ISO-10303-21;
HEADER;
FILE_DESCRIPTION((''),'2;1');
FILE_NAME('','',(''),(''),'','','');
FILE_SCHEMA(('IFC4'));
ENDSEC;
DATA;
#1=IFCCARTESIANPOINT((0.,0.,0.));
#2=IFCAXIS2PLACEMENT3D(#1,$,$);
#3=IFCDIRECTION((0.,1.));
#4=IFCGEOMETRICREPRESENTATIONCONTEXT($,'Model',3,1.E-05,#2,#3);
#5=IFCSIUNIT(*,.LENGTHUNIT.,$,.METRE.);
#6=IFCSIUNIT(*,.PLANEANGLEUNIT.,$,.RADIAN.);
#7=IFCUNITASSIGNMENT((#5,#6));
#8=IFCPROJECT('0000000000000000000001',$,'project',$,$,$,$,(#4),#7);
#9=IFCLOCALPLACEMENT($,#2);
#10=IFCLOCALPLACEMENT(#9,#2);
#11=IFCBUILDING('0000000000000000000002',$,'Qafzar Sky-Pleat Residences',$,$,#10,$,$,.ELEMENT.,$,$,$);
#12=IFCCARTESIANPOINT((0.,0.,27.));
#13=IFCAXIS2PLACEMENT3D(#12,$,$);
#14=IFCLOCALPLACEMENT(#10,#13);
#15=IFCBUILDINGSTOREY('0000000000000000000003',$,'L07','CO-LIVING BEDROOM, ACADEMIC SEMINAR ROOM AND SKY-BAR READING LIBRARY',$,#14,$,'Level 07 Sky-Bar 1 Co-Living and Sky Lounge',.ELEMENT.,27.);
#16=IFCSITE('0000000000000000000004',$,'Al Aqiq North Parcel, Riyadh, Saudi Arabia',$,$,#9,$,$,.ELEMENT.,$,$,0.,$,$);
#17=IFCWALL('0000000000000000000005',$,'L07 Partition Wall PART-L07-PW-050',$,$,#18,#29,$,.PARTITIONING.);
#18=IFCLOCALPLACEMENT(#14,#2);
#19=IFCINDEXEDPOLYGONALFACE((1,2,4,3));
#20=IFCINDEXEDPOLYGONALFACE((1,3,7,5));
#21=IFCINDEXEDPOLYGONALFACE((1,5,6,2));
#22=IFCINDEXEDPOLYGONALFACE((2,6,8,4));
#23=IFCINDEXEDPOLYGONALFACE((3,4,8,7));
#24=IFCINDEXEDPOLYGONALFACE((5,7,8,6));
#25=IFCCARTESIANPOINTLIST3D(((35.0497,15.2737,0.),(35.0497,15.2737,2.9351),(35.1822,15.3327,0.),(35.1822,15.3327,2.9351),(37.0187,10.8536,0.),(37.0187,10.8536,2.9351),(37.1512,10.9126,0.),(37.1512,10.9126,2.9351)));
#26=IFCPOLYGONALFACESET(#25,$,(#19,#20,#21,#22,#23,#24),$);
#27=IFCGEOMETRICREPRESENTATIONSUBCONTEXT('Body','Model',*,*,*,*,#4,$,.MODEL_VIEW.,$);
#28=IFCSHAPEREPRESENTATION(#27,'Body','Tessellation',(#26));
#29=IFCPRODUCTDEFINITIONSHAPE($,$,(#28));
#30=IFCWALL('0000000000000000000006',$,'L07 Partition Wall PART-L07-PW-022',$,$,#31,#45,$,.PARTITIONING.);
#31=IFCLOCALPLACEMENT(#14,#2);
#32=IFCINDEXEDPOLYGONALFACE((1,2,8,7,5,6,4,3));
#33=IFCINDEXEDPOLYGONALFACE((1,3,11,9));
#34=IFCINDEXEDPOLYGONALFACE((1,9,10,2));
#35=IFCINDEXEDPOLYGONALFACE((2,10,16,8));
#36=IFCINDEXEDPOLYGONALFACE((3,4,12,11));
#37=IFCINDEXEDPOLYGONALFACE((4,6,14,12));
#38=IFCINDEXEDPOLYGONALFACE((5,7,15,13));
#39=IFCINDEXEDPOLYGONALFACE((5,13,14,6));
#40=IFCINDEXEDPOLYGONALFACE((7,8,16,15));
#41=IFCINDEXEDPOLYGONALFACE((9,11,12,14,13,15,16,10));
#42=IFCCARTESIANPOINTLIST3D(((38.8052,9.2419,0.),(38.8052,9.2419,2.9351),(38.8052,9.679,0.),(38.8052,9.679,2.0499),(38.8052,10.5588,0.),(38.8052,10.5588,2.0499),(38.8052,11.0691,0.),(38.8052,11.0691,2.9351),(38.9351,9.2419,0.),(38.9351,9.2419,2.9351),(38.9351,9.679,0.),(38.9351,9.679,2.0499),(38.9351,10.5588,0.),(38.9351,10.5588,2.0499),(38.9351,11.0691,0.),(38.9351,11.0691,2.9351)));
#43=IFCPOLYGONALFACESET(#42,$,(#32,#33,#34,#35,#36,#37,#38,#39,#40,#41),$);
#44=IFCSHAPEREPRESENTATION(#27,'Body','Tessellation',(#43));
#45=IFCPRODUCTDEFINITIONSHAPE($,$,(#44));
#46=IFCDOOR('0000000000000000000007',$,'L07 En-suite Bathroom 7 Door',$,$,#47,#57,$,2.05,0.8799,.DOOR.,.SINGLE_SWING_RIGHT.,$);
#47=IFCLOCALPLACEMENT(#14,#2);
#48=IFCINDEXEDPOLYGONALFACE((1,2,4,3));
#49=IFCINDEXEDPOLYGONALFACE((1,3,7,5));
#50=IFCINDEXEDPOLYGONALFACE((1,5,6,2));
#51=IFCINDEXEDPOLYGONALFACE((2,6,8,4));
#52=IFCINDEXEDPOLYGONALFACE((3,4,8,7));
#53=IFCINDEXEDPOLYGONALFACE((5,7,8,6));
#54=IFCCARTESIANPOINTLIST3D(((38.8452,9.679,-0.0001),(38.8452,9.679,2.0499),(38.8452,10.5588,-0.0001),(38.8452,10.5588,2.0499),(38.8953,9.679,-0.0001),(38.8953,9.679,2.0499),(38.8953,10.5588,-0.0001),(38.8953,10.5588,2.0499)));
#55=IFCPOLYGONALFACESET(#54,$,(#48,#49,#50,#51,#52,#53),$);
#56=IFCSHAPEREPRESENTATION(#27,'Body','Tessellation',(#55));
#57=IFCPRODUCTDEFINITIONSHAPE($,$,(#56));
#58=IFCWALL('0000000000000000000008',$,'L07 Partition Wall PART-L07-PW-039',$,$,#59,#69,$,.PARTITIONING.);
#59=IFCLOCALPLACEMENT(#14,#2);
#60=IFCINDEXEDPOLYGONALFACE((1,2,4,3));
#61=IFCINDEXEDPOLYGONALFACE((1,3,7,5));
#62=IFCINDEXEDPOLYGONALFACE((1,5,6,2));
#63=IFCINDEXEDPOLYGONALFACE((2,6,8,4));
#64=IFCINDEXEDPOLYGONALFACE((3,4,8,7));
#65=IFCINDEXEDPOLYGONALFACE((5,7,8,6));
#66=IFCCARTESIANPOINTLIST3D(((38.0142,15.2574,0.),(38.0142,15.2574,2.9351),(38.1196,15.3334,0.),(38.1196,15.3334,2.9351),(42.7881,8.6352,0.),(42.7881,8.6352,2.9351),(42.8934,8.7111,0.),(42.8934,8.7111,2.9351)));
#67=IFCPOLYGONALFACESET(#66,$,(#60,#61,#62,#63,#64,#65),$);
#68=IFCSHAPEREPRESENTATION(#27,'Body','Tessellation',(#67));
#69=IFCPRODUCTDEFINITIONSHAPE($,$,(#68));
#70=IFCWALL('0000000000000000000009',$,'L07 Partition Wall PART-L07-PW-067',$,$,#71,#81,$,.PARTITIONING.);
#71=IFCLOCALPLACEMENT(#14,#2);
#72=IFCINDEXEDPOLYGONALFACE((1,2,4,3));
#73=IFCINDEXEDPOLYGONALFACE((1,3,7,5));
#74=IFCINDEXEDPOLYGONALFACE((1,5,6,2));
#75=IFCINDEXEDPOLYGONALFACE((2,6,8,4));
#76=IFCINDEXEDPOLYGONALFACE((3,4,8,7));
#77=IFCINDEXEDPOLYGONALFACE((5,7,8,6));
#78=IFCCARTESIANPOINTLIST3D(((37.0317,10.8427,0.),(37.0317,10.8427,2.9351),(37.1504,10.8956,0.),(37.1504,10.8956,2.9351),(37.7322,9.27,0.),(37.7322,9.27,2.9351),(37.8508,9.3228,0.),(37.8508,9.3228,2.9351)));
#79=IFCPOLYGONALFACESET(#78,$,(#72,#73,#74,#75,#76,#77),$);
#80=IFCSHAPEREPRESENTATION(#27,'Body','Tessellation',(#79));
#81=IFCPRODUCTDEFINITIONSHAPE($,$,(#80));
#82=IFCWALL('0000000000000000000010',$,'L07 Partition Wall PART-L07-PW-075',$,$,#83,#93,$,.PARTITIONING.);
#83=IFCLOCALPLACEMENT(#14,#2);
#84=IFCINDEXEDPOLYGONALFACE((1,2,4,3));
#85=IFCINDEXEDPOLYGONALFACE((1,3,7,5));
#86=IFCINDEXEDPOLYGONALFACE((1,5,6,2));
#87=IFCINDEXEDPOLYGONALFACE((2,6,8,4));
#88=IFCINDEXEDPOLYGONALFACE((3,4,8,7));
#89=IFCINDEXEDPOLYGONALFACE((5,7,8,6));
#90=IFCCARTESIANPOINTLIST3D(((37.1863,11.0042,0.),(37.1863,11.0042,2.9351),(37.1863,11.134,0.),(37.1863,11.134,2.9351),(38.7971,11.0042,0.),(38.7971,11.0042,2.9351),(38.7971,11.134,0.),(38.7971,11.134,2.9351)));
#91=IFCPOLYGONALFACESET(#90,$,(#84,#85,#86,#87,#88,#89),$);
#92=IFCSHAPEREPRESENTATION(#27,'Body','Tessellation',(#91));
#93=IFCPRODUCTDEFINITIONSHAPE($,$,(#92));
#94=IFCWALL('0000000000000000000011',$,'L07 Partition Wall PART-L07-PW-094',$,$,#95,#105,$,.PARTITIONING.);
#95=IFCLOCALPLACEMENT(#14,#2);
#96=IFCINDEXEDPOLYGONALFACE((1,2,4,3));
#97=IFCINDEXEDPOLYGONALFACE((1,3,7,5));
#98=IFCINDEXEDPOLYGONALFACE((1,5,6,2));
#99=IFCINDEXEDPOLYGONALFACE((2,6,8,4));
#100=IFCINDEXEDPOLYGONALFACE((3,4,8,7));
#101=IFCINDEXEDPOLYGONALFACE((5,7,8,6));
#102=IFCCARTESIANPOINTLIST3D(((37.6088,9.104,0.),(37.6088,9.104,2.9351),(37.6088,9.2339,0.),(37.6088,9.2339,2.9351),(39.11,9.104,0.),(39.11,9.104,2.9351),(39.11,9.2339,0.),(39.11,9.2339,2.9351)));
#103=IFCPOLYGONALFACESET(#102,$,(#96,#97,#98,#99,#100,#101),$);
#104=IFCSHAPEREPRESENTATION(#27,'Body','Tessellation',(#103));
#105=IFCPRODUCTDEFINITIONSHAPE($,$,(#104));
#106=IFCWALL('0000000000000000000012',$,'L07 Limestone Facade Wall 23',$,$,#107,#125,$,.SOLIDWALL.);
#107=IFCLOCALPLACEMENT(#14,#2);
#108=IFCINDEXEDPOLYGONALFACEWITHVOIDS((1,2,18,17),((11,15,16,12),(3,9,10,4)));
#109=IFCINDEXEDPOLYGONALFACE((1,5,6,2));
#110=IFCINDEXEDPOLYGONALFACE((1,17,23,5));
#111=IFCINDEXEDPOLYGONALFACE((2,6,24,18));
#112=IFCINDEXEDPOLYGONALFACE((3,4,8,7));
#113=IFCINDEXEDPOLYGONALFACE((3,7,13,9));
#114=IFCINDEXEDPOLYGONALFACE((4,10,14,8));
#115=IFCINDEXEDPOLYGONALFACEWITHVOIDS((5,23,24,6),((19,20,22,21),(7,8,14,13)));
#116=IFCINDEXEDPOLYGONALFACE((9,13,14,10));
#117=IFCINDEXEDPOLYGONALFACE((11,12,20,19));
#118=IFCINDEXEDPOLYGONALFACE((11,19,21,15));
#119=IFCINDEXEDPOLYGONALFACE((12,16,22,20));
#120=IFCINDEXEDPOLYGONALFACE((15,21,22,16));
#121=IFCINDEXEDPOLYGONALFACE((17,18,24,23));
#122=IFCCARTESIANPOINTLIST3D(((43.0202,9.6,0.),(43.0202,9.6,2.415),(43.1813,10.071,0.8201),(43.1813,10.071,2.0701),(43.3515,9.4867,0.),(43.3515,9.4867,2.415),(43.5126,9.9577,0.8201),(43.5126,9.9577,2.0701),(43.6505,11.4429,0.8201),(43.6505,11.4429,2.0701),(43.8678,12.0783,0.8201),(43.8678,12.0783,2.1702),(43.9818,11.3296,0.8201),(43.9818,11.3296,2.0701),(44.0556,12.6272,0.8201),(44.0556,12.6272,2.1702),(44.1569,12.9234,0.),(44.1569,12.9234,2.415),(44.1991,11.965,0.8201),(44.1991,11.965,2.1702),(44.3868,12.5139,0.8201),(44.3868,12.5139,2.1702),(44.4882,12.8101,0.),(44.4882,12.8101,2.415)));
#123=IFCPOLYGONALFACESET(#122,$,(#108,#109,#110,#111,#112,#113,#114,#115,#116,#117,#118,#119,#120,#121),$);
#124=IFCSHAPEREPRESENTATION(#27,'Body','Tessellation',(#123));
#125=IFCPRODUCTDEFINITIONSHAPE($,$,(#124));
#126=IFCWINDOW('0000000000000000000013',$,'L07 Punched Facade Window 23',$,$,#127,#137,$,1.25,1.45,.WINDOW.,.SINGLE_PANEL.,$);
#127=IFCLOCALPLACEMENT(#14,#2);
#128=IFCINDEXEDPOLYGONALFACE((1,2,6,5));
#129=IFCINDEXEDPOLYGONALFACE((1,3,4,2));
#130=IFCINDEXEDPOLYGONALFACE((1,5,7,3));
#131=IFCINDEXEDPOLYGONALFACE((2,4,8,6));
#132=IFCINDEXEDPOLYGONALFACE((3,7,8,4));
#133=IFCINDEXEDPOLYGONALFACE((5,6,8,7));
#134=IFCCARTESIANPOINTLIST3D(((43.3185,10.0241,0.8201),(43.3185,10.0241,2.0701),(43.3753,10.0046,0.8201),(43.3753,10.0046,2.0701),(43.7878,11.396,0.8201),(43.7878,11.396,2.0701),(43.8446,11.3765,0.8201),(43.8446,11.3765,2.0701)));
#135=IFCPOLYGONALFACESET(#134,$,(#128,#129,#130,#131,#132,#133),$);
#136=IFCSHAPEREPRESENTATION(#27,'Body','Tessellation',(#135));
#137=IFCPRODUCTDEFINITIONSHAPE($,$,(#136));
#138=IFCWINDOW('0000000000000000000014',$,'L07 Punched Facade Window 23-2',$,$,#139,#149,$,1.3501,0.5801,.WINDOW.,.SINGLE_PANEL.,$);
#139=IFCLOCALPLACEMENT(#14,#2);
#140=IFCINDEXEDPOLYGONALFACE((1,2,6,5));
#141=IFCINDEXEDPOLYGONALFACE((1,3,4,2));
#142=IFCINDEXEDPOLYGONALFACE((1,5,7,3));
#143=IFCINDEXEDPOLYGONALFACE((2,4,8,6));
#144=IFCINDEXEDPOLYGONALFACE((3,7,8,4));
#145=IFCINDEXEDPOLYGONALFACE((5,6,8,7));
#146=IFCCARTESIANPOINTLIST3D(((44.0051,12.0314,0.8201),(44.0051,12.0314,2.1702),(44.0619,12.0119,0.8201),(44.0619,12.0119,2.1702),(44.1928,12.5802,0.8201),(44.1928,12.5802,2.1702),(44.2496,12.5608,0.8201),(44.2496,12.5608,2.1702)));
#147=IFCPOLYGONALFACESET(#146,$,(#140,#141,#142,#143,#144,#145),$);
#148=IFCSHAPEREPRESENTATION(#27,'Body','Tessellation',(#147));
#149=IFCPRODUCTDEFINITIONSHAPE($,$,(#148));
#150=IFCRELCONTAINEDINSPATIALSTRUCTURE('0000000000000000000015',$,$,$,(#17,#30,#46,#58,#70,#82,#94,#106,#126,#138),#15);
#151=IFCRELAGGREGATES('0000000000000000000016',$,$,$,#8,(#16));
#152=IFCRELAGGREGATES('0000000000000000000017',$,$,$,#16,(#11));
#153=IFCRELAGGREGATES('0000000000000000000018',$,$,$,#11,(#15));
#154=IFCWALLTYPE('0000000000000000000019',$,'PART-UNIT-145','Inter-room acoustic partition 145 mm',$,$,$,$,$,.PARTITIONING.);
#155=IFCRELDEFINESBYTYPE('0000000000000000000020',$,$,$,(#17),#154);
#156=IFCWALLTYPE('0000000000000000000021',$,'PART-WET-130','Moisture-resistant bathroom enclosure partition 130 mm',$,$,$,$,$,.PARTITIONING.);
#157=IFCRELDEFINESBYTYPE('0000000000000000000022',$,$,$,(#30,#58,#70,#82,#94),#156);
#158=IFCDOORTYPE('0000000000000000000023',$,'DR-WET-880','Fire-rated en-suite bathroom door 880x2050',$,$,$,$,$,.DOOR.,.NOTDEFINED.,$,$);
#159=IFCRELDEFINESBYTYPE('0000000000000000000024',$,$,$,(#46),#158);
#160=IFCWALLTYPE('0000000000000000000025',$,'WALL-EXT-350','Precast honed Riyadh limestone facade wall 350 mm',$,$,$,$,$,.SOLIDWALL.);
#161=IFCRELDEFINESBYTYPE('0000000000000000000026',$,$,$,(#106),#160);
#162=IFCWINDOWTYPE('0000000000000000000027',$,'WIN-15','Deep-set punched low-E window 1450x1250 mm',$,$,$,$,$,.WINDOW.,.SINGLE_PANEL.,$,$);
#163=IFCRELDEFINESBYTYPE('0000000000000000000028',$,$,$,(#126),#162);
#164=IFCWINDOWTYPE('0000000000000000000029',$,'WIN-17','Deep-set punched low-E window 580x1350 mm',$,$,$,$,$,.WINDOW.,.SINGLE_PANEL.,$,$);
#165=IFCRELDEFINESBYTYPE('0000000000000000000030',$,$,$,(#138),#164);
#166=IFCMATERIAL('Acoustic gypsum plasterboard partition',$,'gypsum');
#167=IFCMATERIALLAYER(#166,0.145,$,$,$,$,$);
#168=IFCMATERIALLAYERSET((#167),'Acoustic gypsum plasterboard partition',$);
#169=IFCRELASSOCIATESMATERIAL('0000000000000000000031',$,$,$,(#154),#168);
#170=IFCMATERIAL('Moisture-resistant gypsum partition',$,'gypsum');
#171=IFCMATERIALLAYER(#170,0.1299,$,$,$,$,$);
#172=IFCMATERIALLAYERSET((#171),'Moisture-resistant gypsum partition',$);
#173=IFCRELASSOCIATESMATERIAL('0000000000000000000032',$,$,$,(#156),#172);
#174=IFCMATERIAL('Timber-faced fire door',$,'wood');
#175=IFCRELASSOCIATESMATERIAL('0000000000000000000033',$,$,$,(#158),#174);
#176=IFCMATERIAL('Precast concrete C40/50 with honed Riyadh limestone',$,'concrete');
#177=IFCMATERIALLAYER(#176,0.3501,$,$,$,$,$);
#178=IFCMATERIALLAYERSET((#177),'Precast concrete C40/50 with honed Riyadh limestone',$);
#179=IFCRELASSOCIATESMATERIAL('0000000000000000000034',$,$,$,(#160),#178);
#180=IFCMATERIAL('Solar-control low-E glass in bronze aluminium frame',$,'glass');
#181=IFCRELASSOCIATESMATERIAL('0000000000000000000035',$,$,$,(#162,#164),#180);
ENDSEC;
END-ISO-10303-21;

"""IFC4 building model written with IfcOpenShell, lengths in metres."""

from ifc_helpers import new_model, si_unit, direction, frame, frame_2d, origin, place, context, subcontext, project, spatial, rectangle, extrude, source, transform, mapped, material, layer, layer_set, type_object, element, fill, save


model = new_model("IFC4")

# Units and contexts
model_context = context("Model", 3, precision=1e-05, world=origin(), true_north=direction((0.0, 1.0)))
body_context = subcontext(model_context, "Body", "Model", "MODEL_VIEW")
ifc_project = project(units=[si_unit("LENGTHUNIT", "METRE"), si_unit("PLANEANGLEUNIT", "RADIAN")], contexts=[model_context])

# Site, building, storey
site_placement = place(None, origin())
site = spatial("IfcSite", under=ifc_project, at=site_placement, Name="Al Aqiq North Parcel, Riyadh, Saudi Arabia", CompositionType="ELEMENT", RefElevation=0.0)
building_placement = place(site_placement, origin())
building = spatial("IfcBuilding", under=site, at=building_placement, Name="Qafzar Sky-Pleat Residences", CompositionType="ELEMENT")
storey_placement = place(building_placement, frame((0.0, 0.0, 27.0)))
storey = spatial("IfcBuildingStorey", under=building, at=storey_placement, Name="L07", Description="CO-LIVING BEDROOM, ACADEMIC SEMINAR ROOM AND SKY-BAR READING LIBRARY", LongName="Level 07 Sky-Bar 1 Co-Living and Sky Lounge", CompositionType="ELEMENT", Elevation=27.0)

# Shared definitions
ifc_material_1 = material(Name="Acoustic gypsum plasterboard partition", Category="gypsum")
ifc_material_2 = material(Name="Timber-faced fire door", Category="wood")

# Wall
ifc_layer_1 = layer(ifc_material_1, 0.145)
ifc_layer_set_1 = layer_set([ifc_layer_1], Name="Acoustic gypsum plasterboard partition")
wall_type_1 = type_object("IfcWallType", Name="PART-UNIT-145", Description="Inter-room acoustic partition 145 mm", PredefinedType="PARTITIONING", material=ifc_layer_set_1)
wall_1_placement = place(storey_placement, frame((35.116, 15.3032, 0.0), z_axis=(0.0, 0.0, 1.0), x_axis=(0.406911, -0.913468, 0.0)))
element("IfcWall", 1, at=wall_1_placement, inside=storey, type_object=wall_type_1, Name="L07 Partition Wall PART-L07-PW-050", PredefinedType="PARTITIONING", context=body_context, shape_type="SweptSolid", body=[
    extrude(rectangle(XDim=4.8389, YDim=0.145, at=frame_2d((2.4194, 0.0))), origin(), (0.0, 0.0, 1.0), 2.9351),
])

# Wall, opening, door
ifc_material_3 = material(Name="Moisture-resistant gypsum partition", Category="gypsum")
ifc_layer_2 = layer(ifc_material_3, 0.1299)
ifc_layer_set_2 = layer_set([ifc_layer_2], Name="Moisture-resistant gypsum partition")
wall_type_2 = type_object("IfcWallType", Name="PART-WET-130", Description="Moisture-resistant bathroom enclosure partition 130 mm", PredefinedType="PARTITIONING", material=ifc_layer_set_2)
wall_2_placement = place(storey_placement, frame((38.8701, 9.2419, 0.0), z_axis=(0.0, 0.0, 1.0), x_axis=(0.0, 1.0, 0.0)))
wall_2 = element("IfcWall", 2, at=wall_2_placement, inside=storey, type_object=wall_type_2, Name="L07 Partition Wall PART-L07-PW-022", PredefinedType="PARTITIONING", context=body_context, shape_type="SweptSolid", body=[
    extrude(rectangle(XDim=1.8271, YDim=0.1299, at=frame_2d((0.9136, 0.0))), origin(), (0.0, 0.0, 1.0), 2.9351),
])
opening_1_placement = place(wall_2_placement, frame((0.437, 0.0, 0.0)))
opening_1 = element("IfcOpeningElement", 3, at=opening_1_placement, cuts=wall_2, PredefinedType="OPENING", context=body_context, shape_type="SweptSolid", body=[
    extrude(rectangle(XDim=0.8799, YDim=2.05, at=frame_2d((0.4399, 1.0249))), frame((0.0, 0.075, 0.0), z_axis=(0.0, -1.0, 0.0), x_axis=(1.0, 0.0, 0.0)), (0.0, 0.0, 1.0), 0.1499),
])
door_type_1 = type_object("IfcDoorType", Name="DR-WET-880", Description="Fire-rated en-suite bathroom door 880x2050", OperationType="NOTDEFINED", PredefinedType="DOOR", material=ifc_material_2)
shared_shape_1 = source(origin(), body_context, "Body", "SweptSolid", [
    extrude(rectangle(XDim=0.8799, YDim=2.05, at=frame_2d((0.4399, 1.0249))), frame((0.0, 0.0249, 0.0), z_axis=(0.0, -1.0, 0.0), x_axis=(1.0, 0.0, 0.0)), (0.0, 0.0, 1.0), 0.05),
])
door_1_placement = place(opening_1_placement, origin())
door_1 = element("IfcDoor", 4, at=door_1_placement, inside=storey, type_object=door_type_1, Name="L07 En-suite Bathroom 7 Door", OperationType="SINGLE_SWING_RIGHT", OverallHeight=2.05, OverallWidth=0.8799, PredefinedType="DOOR", context=body_context, shape_type="MappedRepresentation", body=[
    mapped(shared_shape_1, transform((0.0, 0.0, 0.0), x_axis=(1.0, 0.0, 0.0), y_axis=(0.0, 1.0, 0.0), z_axis=(0.0, 0.0, 1.0), scale=1.0)),
])
fill(opening_1, door_1)

# Walls
wall_3_placement = place(storey_placement, frame((38.0669, 15.2954, 0.0), z_axis=(0.0, 0.0, 1.0), x_axis=(0.584777, -0.811194, 0.0)))
element("IfcWall", 5, at=wall_3_placement, inside=storey, type_object=wall_type_2, Name="L07 Partition Wall PART-L07-PW-039", PredefinedType="PARTITIONING", context=body_context, shape_type="SweptSolid", body=[
    extrude(rectangle(XDim=8.1636, YDim=0.1299, at=frame_2d((4.0818, 0.0))), origin(), (0.0, 0.0, 1.0), 2.9351),
])
wall_4_placement = place(storey_placement, frame((37.0911, 10.8691, 0.0), z_axis=(0.0, 0.0, 1.0), x_axis=(0.406836, -0.913501, 0.0)))
element("IfcWall", 6, at=wall_4_placement, inside=storey, type_object=wall_type_2, Name="L07 Partition Wall PART-L07-PW-067", PredefinedType="PARTITIONING", context=body_context, shape_type="SweptSolid", body=[
    extrude(rectangle(XDim=1.7217, YDim=0.1299, at=frame_2d((0.8608, 0.0))), origin(), (0.0, 0.0, 1.0), 2.9351),
])
wall_5_placement = place(storey_placement, frame((37.1863, 11.0691, 0.0), z_axis=(0.0, 0.0, 1.0), x_axis=(1.0, 0.0, 0.0)))
element("IfcWall", 7, at=wall_5_placement, inside=storey, type_object=wall_type_2, Name="L07 Partition Wall PART-L07-PW-075", PredefinedType="PARTITIONING", context=body_context, shape_type="SweptSolid", body=[
    extrude(rectangle(XDim=1.6108, YDim=0.1299, at=frame_2d((0.8054, 0.0))), origin(), (0.0, 0.0, 1.0), 2.9351),
])
wall_6_placement = place(storey_placement, frame((37.6089, 9.1689, 0.0), z_axis=(0.0, 0.0, 1.0), x_axis=(1.0, 0.0, 0.0)))
element("IfcWall", 8, at=wall_6_placement, inside=storey, type_object=wall_type_2, Name="L07 Partition Wall PART-L07-PW-094", PredefinedType="PARTITIONING", context=body_context, shape_type="SweptSolid", body=[
    extrude(rectangle(XDim=1.5012, YDim=0.1299, at=frame_2d((0.7505, 0.0))), origin(), (0.0, 0.0, 1.0), 2.9351),
])

# Wall, openings, windows
ifc_material_4 = material(Name="Precast concrete C40/50 with honed Riyadh limestone", Category="concrete")
ifc_layer_3 = layer(ifc_material_4, 0.3501)
ifc_layer_set_3 = layer_set([ifc_layer_3], Name="Precast concrete C40/50 with honed Riyadh limestone")
wall_type_3 = type_object("IfcWallType", Name="WALL-EXT-350", Description="Precast honed Riyadh limestone facade wall 350 mm", PredefinedType="SOLIDWALL", material=ifc_layer_set_3)
wall_7_placement = place(storey_placement, frame((43.1858, 9.5432, 0.0), z_axis=(0.0, 0.0, 1.0), x_axis=(0.323621, 0.946187, 0.0)))
wall_7 = element("IfcWall", 9, at=wall_7_placement, inside=storey, type_object=wall_type_3, Name="L07 Limestone Facade Wall 23", PredefinedType="SOLIDWALL", context=body_context, shape_type="SweptSolid", body=[
    extrude(rectangle(XDim=3.5125, YDim=0.3501, at=frame_2d((1.7563, 0.0))), origin(), (0.0, 0.0, 1.0), 2.415),
])
opening_2_placement = place(wall_7_placement, frame((0.4978, 0.0, 0.8201)))
opening_2 = element("IfcOpeningElement", 10, at=opening_2_placement, cuts=wall_7, PredefinedType="OPENING", context=body_context, shape_type="SweptSolid", body=[
    extrude(rectangle(XDim=1.45, YDim=1.25, at=frame_2d((0.7251, 0.625))), frame((0.0, 0.1851, 0.0), z_axis=(0.0, -1.0, 0.0), x_axis=(1.0, 0.0, 0.0)), (0.0, 0.0, 1.0), 0.3701),
])
opening_3_placement = place(wall_7_placement, frame((2.6194, 0.0, 0.8201)))
opening_3 = element("IfcOpeningElement", 11, at=opening_3_placement, cuts=wall_7, PredefinedType="OPENING", context=body_context, shape_type="SweptSolid", body=[
    extrude(rectangle(XDim=0.5801, YDim=1.3501, at=frame_2d((0.29, 0.675))), frame((0.0, 0.1851, 0.0), z_axis=(0.0, -1.0, 0.0), x_axis=(1.0, 0.0, 0.0)), (0.0, 0.0, 1.0), 0.3701),
])
ifc_material_5 = material(Name="Solar-control low-E glass in bronze aluminium frame", Category="glass")
window_type_1 = type_object("IfcWindowType", Name="WIN-15", Description="Deep-set punched low-E window 1450x1250 mm", PartitioningType="SINGLE_PANEL", PredefinedType="WINDOW", material=ifc_material_5)
shared_shape_2 = source(origin(), body_context, "Body", "SweptSolid", [
    extrude(rectangle(XDim=1.45, YDim=1.25, at=frame_2d((0.7251, 0.625))), frame((0.0, 0.03, 0.0), z_axis=(0.0, -1.0, 0.0), x_axis=(1.0, 0.0, 0.0)), (0.0, 0.0, 1.0), 0.0601),
])
window_1_placement = place(opening_2_placement, origin())
window_1 = element("IfcWindow", 12, at=window_1_placement, inside=storey, type_object=window_type_1, Name="L07 Punched Facade Window 23", OverallHeight=1.25, OverallWidth=1.45, PartitioningType="SINGLE_PANEL", PredefinedType="WINDOW", context=body_context, shape_type="MappedRepresentation", body=[
    mapped(shared_shape_2, transform((0.0, 0.0, 0.0), x_axis=(1.0, 0.0, 0.0), y_axis=(0.0, 1.0, 0.0), z_axis=(0.0, 0.0, 1.0), scale=1.0)),
])
fill(opening_2, window_1)
window_type_2 = type_object("IfcWindowType", Name="WIN-17", Description="Deep-set punched low-E window 580x1350 mm", PartitioningType="SINGLE_PANEL", PredefinedType="WINDOW", material=ifc_material_5)
shared_shape_3 = source(origin(), body_context, "Body", "SweptSolid", [
    extrude(rectangle(XDim=0.5801, YDim=1.3501, at=frame_2d((0.29, 0.675))), frame((0.0, 0.03, 0.0), z_axis=(0.0, -1.0, 0.0), x_axis=(1.0, 0.0, 0.0)), (0.0, 0.0, 1.0), 0.0601),
])
window_2_placement = place(opening_3_placement, origin())
window_2 = element("IfcWindow", 13, at=window_2_placement, inside=storey, type_object=window_type_2, Name="L07 Punched Facade Window 23-2", OverallHeight=1.3501, OverallWidth=0.5801, PartitioningType="SINGLE_PANEL", PredefinedType="WINDOW", context=body_context, shape_type="MappedRepresentation", body=[
    mapped(shared_shape_3, transform((0.0, 0.0, 0.0), x_axis=(1.0, 0.0, 0.0), y_axis=(0.0, 1.0, 0.0), z_axis=(0.0, 0.0, 1.0), scale=1.0)),
])
fill(opening_3, window_2)

save(model, "model.ifc")
